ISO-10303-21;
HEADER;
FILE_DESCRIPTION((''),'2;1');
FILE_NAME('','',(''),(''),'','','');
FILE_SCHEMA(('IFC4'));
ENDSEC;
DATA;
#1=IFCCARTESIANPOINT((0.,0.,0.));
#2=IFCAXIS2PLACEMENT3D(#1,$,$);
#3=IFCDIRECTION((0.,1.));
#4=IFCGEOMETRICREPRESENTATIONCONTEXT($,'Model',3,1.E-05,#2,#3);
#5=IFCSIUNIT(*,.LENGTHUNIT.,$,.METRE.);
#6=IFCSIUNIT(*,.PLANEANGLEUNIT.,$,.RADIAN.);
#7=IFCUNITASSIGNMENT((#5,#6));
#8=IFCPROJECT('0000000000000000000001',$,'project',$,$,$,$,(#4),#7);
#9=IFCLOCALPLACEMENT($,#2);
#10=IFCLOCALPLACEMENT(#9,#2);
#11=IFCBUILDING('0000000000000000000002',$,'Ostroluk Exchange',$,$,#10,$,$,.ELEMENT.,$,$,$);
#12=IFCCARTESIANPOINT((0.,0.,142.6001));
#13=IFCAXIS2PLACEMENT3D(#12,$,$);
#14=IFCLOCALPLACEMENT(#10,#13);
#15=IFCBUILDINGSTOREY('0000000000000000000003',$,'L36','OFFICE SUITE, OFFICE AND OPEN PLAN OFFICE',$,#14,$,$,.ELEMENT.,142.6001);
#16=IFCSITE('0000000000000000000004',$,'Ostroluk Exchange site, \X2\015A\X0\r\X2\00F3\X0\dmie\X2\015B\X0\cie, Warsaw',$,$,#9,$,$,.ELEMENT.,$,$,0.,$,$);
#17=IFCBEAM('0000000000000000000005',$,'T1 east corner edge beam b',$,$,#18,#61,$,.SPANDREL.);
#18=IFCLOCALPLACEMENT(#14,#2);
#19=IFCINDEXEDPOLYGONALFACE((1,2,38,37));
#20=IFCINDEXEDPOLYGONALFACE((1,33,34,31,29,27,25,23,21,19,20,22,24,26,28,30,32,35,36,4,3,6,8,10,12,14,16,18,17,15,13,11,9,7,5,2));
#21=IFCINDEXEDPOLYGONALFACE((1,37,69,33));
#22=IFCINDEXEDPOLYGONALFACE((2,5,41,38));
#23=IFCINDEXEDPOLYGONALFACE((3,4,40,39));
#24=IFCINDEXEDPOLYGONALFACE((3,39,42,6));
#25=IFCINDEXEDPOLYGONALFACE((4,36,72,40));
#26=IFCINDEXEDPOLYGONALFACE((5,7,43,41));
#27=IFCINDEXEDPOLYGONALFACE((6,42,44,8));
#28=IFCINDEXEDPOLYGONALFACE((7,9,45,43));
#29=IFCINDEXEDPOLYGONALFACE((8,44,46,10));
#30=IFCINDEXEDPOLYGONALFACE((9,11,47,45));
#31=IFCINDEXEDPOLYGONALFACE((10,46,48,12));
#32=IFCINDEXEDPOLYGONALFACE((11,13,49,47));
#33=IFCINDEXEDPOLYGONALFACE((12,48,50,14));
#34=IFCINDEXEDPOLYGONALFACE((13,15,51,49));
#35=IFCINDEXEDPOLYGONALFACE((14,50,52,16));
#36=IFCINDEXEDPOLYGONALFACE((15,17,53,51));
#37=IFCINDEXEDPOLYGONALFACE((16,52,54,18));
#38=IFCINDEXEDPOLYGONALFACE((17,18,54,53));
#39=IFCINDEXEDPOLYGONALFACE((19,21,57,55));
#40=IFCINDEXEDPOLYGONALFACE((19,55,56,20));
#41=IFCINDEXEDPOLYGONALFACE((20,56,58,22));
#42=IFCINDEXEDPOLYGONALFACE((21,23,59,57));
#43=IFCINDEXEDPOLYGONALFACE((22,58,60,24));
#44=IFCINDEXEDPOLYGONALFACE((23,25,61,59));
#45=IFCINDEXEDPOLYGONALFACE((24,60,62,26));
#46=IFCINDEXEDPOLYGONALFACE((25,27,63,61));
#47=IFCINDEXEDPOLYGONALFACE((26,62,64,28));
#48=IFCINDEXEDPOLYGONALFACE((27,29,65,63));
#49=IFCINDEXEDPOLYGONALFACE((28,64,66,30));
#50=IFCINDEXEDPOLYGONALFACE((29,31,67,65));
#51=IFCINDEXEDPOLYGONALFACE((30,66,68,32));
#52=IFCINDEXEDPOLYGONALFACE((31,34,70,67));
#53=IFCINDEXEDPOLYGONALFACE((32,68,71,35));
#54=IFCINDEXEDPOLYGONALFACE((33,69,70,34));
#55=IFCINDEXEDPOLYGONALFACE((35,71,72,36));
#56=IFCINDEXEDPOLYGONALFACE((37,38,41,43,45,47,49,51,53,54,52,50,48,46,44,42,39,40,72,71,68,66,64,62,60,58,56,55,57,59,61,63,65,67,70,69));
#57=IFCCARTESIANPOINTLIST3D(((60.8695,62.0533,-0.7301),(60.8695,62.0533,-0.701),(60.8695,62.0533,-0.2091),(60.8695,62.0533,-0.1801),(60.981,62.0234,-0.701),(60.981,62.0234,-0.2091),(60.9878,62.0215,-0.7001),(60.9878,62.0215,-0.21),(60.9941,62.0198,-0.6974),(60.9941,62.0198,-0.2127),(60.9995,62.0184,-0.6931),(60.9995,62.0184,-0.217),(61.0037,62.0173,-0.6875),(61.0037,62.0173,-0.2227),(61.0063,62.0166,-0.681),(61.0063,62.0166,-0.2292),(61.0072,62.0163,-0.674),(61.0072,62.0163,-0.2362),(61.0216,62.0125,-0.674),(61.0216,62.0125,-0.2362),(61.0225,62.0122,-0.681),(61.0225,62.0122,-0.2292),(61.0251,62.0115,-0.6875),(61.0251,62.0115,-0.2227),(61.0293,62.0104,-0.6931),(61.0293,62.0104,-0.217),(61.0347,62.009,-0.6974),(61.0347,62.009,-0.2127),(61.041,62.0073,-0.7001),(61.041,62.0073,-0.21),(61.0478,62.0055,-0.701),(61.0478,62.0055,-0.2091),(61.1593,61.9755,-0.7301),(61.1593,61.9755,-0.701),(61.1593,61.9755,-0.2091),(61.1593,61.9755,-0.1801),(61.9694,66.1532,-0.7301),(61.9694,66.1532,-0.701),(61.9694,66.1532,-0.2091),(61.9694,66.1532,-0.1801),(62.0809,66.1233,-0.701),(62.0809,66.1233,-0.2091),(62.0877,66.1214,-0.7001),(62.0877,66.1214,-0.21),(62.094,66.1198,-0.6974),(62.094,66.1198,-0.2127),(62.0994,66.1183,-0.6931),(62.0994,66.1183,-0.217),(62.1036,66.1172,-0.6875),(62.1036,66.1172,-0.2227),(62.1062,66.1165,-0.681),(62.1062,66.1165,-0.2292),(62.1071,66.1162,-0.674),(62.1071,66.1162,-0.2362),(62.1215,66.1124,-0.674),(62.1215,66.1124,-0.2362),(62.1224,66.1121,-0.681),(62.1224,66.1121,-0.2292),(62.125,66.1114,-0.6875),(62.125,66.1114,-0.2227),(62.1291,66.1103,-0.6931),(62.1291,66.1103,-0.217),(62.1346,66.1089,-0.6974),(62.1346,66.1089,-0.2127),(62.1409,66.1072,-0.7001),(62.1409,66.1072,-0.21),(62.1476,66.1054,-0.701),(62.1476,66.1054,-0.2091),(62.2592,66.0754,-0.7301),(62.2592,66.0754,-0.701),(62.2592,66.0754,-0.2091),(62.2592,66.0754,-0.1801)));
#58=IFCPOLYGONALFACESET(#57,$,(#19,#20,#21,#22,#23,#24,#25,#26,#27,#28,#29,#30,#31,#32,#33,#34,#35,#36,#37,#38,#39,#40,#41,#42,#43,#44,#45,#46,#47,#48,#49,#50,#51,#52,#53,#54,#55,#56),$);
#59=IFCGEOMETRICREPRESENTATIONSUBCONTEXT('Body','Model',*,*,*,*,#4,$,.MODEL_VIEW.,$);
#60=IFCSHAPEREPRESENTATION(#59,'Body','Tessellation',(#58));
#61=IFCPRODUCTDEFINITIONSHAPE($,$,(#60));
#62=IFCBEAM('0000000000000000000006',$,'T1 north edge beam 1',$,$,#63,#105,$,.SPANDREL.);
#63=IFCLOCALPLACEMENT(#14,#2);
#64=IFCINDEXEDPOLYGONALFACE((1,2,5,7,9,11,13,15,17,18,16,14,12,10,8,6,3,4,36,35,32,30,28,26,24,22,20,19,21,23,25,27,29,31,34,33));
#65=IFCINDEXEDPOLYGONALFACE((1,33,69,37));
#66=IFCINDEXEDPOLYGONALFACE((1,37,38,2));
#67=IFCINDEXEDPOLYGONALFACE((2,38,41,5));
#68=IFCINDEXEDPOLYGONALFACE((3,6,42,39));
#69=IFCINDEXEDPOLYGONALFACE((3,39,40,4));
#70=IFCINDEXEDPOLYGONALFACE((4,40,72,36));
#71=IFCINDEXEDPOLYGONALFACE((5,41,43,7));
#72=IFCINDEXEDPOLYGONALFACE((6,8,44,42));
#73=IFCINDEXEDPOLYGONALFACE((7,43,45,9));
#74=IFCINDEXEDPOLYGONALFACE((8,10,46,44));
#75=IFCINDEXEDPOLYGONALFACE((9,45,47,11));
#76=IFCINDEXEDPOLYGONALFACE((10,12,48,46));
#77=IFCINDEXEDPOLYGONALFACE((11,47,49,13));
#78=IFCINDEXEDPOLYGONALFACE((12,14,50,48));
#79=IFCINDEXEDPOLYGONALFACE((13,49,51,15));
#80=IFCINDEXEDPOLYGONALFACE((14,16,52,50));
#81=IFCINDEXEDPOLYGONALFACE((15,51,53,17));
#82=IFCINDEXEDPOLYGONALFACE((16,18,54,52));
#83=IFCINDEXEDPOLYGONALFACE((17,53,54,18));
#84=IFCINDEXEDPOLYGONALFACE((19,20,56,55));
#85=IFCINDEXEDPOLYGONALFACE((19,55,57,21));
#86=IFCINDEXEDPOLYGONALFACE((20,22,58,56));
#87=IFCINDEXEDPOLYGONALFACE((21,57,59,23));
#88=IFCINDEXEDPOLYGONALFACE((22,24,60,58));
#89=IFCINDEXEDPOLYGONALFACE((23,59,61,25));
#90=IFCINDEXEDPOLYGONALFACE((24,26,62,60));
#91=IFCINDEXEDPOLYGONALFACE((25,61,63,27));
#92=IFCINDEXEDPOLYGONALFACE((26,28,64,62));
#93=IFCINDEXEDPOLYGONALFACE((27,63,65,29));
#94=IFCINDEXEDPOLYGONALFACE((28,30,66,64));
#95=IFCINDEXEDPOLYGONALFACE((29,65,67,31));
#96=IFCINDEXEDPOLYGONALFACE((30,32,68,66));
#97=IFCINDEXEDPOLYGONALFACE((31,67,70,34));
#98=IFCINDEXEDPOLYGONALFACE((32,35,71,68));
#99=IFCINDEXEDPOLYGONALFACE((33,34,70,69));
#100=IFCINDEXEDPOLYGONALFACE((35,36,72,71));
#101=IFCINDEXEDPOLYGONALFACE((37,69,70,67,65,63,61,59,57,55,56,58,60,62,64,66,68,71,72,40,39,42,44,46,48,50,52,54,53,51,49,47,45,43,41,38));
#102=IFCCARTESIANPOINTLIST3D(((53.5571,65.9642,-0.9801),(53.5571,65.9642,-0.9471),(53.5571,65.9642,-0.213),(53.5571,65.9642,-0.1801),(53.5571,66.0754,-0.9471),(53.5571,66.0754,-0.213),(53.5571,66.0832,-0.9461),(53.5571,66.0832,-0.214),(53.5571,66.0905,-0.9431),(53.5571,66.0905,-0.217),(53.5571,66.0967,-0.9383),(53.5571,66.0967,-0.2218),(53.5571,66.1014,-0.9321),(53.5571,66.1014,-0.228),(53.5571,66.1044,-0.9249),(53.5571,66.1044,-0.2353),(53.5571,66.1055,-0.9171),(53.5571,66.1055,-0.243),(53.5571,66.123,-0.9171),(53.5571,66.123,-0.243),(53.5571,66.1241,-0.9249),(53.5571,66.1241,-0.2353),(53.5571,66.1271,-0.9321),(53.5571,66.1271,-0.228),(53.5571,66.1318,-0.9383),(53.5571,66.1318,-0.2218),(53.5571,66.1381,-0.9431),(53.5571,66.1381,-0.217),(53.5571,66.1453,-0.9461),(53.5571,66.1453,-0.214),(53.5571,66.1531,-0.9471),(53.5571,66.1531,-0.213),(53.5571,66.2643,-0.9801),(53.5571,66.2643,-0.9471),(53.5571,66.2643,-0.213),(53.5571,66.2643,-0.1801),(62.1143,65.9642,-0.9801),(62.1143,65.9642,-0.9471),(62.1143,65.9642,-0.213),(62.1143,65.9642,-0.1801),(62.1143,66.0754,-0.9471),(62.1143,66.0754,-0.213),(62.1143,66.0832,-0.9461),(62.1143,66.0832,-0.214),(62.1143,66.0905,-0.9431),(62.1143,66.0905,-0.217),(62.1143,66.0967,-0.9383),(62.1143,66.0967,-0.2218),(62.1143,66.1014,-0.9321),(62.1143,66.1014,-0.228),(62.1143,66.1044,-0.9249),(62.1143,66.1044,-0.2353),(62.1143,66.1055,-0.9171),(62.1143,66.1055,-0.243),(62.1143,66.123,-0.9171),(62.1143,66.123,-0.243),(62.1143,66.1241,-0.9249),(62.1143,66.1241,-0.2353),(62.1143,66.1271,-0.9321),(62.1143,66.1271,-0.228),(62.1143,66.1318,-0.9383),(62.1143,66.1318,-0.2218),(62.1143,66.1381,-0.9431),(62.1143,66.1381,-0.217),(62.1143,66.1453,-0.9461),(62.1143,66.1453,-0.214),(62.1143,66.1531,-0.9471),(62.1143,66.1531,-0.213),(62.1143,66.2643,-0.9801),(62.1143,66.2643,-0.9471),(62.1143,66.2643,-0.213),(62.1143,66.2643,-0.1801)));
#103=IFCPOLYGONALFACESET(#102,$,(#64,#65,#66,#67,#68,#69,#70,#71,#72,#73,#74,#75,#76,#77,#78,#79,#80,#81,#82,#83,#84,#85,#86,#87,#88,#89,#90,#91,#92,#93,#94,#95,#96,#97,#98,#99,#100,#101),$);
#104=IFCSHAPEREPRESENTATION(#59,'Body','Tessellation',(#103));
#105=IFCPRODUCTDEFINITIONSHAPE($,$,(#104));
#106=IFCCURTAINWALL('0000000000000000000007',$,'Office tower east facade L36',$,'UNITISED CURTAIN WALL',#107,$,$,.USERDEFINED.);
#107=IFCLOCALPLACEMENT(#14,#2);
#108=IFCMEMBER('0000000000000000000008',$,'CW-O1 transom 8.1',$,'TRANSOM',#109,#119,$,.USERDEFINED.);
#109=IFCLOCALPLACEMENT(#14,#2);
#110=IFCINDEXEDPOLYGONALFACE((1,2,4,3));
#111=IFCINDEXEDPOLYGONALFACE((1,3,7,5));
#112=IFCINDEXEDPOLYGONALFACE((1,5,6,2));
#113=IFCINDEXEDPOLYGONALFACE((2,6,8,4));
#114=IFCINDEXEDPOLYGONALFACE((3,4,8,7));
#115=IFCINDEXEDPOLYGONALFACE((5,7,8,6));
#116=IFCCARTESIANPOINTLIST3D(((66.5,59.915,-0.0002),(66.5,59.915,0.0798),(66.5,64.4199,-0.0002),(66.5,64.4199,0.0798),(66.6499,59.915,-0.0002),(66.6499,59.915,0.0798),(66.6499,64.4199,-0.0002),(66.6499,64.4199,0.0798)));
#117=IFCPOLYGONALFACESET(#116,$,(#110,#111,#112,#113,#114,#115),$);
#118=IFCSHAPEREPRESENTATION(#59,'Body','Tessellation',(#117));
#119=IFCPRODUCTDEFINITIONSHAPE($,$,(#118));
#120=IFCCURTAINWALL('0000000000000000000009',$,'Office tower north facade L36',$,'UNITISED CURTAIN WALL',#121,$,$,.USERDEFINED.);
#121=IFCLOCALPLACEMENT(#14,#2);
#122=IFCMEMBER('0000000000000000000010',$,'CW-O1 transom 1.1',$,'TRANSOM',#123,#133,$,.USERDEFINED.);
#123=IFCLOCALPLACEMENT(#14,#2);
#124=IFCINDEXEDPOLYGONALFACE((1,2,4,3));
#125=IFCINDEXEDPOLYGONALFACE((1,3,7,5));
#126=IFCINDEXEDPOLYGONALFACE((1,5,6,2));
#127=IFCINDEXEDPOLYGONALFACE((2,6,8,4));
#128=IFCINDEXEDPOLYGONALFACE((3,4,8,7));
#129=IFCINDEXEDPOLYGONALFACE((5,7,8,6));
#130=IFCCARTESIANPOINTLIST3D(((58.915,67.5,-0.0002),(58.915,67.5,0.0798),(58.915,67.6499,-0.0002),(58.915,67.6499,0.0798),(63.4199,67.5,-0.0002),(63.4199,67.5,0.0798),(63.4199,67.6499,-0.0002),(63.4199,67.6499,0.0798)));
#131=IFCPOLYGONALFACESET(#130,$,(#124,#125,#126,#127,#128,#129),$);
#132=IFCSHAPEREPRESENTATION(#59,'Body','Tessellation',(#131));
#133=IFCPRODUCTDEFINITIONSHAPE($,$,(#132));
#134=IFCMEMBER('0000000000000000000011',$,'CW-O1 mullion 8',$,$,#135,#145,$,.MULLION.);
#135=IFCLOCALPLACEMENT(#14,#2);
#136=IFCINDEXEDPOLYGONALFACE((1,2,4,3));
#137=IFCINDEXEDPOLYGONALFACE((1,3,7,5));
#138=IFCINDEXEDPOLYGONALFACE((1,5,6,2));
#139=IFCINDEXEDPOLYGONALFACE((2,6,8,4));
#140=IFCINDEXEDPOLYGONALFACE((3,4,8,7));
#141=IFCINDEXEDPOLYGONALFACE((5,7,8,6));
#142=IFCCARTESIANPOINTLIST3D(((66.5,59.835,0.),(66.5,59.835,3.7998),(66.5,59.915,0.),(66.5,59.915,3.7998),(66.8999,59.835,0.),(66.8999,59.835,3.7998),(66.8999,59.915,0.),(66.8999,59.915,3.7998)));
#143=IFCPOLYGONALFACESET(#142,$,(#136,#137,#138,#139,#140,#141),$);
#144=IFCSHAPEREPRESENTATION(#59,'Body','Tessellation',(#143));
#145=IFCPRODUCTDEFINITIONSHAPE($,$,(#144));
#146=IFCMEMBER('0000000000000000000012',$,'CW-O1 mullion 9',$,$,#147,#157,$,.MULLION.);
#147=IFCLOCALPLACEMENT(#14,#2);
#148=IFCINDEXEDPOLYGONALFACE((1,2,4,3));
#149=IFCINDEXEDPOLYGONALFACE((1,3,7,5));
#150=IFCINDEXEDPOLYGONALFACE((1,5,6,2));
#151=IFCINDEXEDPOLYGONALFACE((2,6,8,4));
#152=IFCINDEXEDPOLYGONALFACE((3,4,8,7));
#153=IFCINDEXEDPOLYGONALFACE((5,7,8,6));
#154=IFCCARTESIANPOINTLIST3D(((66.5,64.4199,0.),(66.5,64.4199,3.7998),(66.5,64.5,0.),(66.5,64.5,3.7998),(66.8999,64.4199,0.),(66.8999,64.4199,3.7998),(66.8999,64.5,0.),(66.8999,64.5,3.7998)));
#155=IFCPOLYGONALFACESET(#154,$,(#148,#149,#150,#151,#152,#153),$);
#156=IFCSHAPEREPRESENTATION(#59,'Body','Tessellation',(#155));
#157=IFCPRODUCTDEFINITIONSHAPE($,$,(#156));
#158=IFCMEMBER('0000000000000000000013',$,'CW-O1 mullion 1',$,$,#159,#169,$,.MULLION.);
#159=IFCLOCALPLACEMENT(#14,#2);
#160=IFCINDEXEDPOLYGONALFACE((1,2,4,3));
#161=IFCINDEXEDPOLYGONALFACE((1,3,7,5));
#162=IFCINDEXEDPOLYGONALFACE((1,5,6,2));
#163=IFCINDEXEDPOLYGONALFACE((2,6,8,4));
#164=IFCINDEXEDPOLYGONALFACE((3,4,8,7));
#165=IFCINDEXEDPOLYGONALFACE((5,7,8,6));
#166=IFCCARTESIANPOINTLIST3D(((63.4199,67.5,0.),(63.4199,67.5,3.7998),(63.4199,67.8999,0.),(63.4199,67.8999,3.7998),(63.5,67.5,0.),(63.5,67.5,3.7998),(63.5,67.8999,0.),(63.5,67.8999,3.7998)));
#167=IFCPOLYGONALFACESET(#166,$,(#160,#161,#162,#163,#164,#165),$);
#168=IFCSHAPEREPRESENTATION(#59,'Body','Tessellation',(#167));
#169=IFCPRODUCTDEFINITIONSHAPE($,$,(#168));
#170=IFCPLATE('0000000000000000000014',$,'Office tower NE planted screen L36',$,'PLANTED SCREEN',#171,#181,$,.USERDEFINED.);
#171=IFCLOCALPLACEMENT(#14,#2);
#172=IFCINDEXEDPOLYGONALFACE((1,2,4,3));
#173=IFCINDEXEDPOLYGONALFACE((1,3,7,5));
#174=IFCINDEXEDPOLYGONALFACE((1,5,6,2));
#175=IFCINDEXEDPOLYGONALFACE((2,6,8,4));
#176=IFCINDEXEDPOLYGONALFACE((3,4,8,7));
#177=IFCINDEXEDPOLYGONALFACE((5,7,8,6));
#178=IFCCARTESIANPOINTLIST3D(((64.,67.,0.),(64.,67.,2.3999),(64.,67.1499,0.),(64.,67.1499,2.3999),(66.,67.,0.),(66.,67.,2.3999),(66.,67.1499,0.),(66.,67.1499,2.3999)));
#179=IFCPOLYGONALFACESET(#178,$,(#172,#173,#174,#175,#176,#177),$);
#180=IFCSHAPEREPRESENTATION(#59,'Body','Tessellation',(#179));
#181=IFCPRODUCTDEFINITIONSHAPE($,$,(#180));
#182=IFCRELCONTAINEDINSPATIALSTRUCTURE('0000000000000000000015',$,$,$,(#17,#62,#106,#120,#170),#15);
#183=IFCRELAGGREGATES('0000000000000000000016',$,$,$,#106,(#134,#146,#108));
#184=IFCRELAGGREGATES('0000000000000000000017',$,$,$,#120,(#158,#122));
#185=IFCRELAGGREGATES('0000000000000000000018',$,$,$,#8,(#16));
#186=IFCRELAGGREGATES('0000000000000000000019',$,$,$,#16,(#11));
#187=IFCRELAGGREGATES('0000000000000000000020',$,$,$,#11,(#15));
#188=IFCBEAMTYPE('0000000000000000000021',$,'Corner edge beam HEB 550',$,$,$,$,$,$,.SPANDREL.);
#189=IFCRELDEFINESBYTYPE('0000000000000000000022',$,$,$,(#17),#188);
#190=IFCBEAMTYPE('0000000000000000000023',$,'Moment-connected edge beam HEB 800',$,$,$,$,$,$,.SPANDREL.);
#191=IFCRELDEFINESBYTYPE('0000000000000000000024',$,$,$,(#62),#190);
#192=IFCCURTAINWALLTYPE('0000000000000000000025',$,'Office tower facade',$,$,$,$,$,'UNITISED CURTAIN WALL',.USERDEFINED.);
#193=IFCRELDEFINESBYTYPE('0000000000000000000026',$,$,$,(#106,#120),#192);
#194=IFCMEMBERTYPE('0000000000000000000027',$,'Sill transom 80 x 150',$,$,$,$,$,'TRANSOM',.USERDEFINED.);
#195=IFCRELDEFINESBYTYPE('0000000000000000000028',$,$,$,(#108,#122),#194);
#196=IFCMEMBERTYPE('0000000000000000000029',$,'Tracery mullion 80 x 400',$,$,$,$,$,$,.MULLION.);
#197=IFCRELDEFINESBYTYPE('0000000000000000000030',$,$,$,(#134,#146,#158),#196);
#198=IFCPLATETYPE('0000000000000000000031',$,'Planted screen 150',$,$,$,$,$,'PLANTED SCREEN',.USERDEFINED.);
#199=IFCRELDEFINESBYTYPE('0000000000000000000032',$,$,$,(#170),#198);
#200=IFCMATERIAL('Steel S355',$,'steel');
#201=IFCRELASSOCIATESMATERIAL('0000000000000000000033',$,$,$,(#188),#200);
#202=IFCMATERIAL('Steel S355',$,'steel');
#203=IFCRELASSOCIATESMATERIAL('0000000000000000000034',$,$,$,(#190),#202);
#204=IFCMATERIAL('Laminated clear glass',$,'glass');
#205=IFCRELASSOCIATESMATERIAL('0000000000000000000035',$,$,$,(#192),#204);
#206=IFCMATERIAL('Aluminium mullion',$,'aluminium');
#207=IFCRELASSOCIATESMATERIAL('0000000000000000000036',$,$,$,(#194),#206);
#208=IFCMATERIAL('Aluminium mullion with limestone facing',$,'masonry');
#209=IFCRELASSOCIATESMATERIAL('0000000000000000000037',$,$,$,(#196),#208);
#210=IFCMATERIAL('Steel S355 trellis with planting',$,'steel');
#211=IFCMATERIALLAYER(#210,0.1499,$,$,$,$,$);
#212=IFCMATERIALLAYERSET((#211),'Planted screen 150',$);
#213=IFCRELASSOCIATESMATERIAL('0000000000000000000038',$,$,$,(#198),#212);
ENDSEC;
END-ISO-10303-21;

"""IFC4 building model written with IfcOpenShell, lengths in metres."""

from ifc_helpers import new_model, si_unit, direction, frame, origin, origin_2d, place, context, subcontext, project, spatial, rectangle, i_section, extrude, material, layer, layer_set, material_profile, profile_set, type_object, element, aggregate, save


model = new_model("IFC4")

# Units and contexts
model_context = context("Model", 3, precision=1e-05, world=origin(), true_north=direction((0.0, 1.0)))
body_context = subcontext(model_context, "Body", "Model", "MODEL_VIEW")
ifc_project = project(units=[si_unit("LENGTHUNIT", "METRE"), si_unit("PLANEANGLEUNIT", "RADIAN")], contexts=[model_context])

# Site, building, storey
site_placement = place(None, origin())
site = spatial("IfcSite", under=ifc_project, at=site_placement, Name="Ostroluk Exchange site, Śródmieście, Warsaw", CompositionType="ELEMENT", RefElevation=0.0)
building_placement = place(site_placement, origin())
building = spatial("IfcBuilding", under=site, at=building_placement, Name="Ostroluk Exchange", CompositionType="ELEMENT")
storey_placement = place(building_placement, frame((0.0, 0.0, 142.6001)))
storey = spatial("IfcBuildingStorey", under=building, at=storey_placement, Name="L36", Description="OFFICE SUITE, OFFICE AND OPEN PLAN OFFICE", CompositionType="ELEMENT", Elevation=142.6001)

# Beams
ifc_material_1 = material(Name="Steel S355", Category="steel")
ifc_material_profile_1 = material_profile(ifc_material_1, i_section(OverallWidth=0.3, OverallDepth=0.55, WebThickness=0.0149, FlangeThickness=0.0291, FilletRadius=0.0271, at=origin_2d()), Name="HEB 550")
ifc_profile_set_1 = profile_set([ifc_material_profile_1], Name="Steel S355")
beam_type_1 = type_object("IfcBeamType", Name="Corner edge beam HEB 550", PredefinedType="SPANDREL", material=ifc_profile_set_1)
for number, where, z_axis, x_axis, name in (
    (1, (61.0144, 62.0144, -0.4551), (0.259105, 0.965849, 0.0), (-0.965849, 0.259105, 0.0), "T1 east corner edge beam b"),
):
    element("IfcBeam", number, at=place(storey_placement, frame(where, z_axis=z_axis, x_axis=x_axis)), inside=storey, type_object=beam_type_1, Name=name, PredefinedType="SPANDREL", context=body_context, shape_type="SweptSolid", body=[
        extrude(i_section(OverallWidth=0.3, OverallDepth=0.55, WebThickness=0.0149, FlangeThickness=0.0291, FilletRadius=0.0271, at=origin_2d()), origin(), (0.0, 0.0, 1.0), 4.2449),
    ])
ifc_material_2 = material(Name="Steel S355", Category="steel")
ifc_material_profile_2 = material_profile(ifc_material_2, i_section(OverallWidth=0.3, OverallDepth=0.8, WebThickness=0.0176, FlangeThickness=0.033, FilletRadius=0.03, at=origin_2d()), Name="HEB 800")
ifc_profile_set_2 = profile_set([ifc_material_profile_2], Name="Steel S355")
beam_type_2 = type_object("IfcBeamType", Name="Moment-connected edge beam HEB 800", PredefinedType="SPANDREL", material=ifc_profile_set_2)
beam_1_placement = place(storey_placement, frame((62.1143, 66.1143, -0.5801), z_axis=(-1.0, 0.0, 0.0), x_axis=(0.0, -1.0, 0.0)))
element("IfcBeam", 2, at=beam_1_placement, inside=storey, type_object=beam_type_2, Name="T1 north edge beam 1", PredefinedType="SPANDREL", context=body_context, shape_type="SweptSolid", body=[
    extrude(i_section(OverallWidth=0.3, OverallDepth=0.8, WebThickness=0.0176, FlangeThickness=0.033, FilletRadius=0.03, at=origin_2d()), origin(), (0.0, 0.0, 1.0), 8.5571),
])

# Curtain walls, members
ifc_material_3 = material(Name="Laminated clear glass", Category="glass")
curtain_wall_type = type_object("IfcCurtainWallType", Name="Office tower facade", ElementType="UNITISED CURTAIN WALL", PredefinedType="USERDEFINED", material=ifc_material_3)
curtain_wall_1_placement = place(storey_placement, origin())
curtain_wall_1 = element("IfcCurtainWall", 3, at=curtain_wall_1_placement, inside=storey, type_object=curtain_wall_type, Name="Office tower east facade L36", ObjectType="UNITISED CURTAIN WALL", PredefinedType="USERDEFINED")
ifc_material_4 = material(Name="Aluminium mullion", Category="aluminium")
ifc_material_profile_3 = material_profile(ifc_material_4, rectangle(XDim=0.1499, YDim=0.0801, at=origin_2d()), Name="Sill transom 80 x 150")
ifc_profile_set_3 = profile_set([ifc_material_profile_3], Name="Aluminium mullion")
member_type_1 = type_object("IfcMemberType", Name="Sill transom 80 x 150", ElementType="TRANSOM", PredefinedType="USERDEFINED", material=ifc_profile_set_3)
member_1_placement = place(storey_placement, frame((66.575, 59.915, 0.0398), z_axis=(0.0, 1.0, 0.0), x_axis=(-1.0, 0.0, 0.0)))
member_1 = element("IfcMember", 4, at=member_1_placement, type_object=member_type_1, Name="CW-O1 transom 8.1", ObjectType="TRANSOM", PredefinedType="USERDEFINED", context=body_context, shape_type="SweptSolid", body=[
    extrude(rectangle(XDim=0.1499, YDim=0.0801, at=origin_2d()), origin(), (0.0, 0.0, 1.0), 4.5049),
])
curtain_wall_2_placement = place(storey_placement, origin())
curtain_wall_2 = element("IfcCurtainWall", 5, at=curtain_wall_2_placement, inside=storey, type_object=curtain_wall_type, Name="Office tower north facade L36", ObjectType="UNITISED CURTAIN WALL", PredefinedType="USERDEFINED")
member_2_placement = place(storey_placement, frame((63.4199, 67.575, 0.0398), z_axis=(-1.0, 0.0, 0.0), x_axis=(0.0, -1.0, 0.0)))
member_2 = element("IfcMember", 6, at=member_2_placement, type_object=member_type_1, Name="CW-O1 transom 1.1", ObjectType="TRANSOM", PredefinedType="USERDEFINED", context=body_context, shape_type="SweptSolid", body=[
    extrude(rectangle(XDim=0.1499, YDim=0.0801, at=origin_2d()), origin(), (0.0, 0.0, 1.0), 4.5049),
])

# Members
ifc_material_5 = material(Name="Aluminium mullion with limestone facing", Category="masonry")
ifc_material_profile_4 = material_profile(ifc_material_5, rectangle(XDim=0.3999, YDim=0.0801, at=origin_2d()), Name="Tracery mullion 80 x 400")
ifc_profile_set_4 = profile_set([ifc_material_profile_4], Name="Aluminium mullion with limestone facing")
member_type_2 = type_object("IfcMemberType", Name="Tracery mullion 80 x 400", PredefinedType="MULLION", material=ifc_profile_set_4)
member_3_placement = place(storey_placement, frame((66.7, 59.875, 0.0), z_axis=(0.0, 0.0, 1.0), x_axis=(-1.0, 0.0, 0.0)))
member_3 = element("IfcMember", 7, at=member_3_placement, type_object=member_type_2, Name="CW-O1 mullion 8", PredefinedType="MULLION", context=body_context, shape_type="SweptSolid", body=[
    extrude(rectangle(XDim=0.3999, YDim=0.0801, at=origin_2d()), origin(), (0.0, 0.0, 1.0), 3.7998),
])
member_4_placement = place(storey_placement, frame((66.7, 64.46, 0.0), z_axis=(0.0, 0.0, 1.0), x_axis=(-1.0, 0.0, 0.0)))
member_4 = element("IfcMember", 8, at=member_4_placement, type_object=member_type_2, Name="CW-O1 mullion 9", PredefinedType="MULLION", context=body_context, shape_type="SweptSolid", body=[
    extrude(rectangle(XDim=0.3999, YDim=0.0801, at=origin_2d()), origin(), (0.0, 0.0, 1.0), 3.7998),
])
member_5_placement = place(storey_placement, frame((63.46, 67.7, 0.0), z_axis=(0.0, 0.0, 1.0), x_axis=(0.0, -1.0, 0.0)))
member_5 = element("IfcMember", 9, at=member_5_placement, type_object=member_type_2, Name="CW-O1 mullion 1", PredefinedType="MULLION", context=body_context, shape_type="SweptSolid", body=[
    extrude(rectangle(XDim=0.3999, YDim=0.0801, at=origin_2d()), origin(), (0.0, 0.0, 1.0), 3.7998),
])

# Plate
ifc_material_6 = material(Name="Steel S355 trellis with planting", Category="steel")
ifc_layer_1 = layer(ifc_material_6, 0.1499)
ifc_layer_set_1 = layer_set([ifc_layer_1], Name="Planted screen 150")
plate_type_1 = type_object("IfcPlateType", Name="Planted screen 150", ElementType="PLANTED SCREEN", PredefinedType="USERDEFINED", material=ifc_layer_set_1)
plate_1_placement = place(storey_placement, frame((65.0, 67.075, 0.0), z_axis=(0.0, 0.0, 1.0), x_axis=(1.0, 0.0, 0.0)))
element("IfcPlate", 10, at=plate_1_placement, inside=storey, type_object=plate_type_1, Name="Office tower NE planted screen L36", ObjectType="PLANTED SCREEN", PredefinedType="USERDEFINED", context=body_context, shape_type="SweptSolid", body=[
    extrude(rectangle(XDim=2.0, YDim=0.1499, at=origin_2d()), origin(), (0.0, 0.0, 1.0), 2.3999),
])
aggregate(curtain_wall_1, [member_3, member_4, member_1])
aggregate(curtain_wall_2, [member_5, member_2])

save(model, "model.ifc")
